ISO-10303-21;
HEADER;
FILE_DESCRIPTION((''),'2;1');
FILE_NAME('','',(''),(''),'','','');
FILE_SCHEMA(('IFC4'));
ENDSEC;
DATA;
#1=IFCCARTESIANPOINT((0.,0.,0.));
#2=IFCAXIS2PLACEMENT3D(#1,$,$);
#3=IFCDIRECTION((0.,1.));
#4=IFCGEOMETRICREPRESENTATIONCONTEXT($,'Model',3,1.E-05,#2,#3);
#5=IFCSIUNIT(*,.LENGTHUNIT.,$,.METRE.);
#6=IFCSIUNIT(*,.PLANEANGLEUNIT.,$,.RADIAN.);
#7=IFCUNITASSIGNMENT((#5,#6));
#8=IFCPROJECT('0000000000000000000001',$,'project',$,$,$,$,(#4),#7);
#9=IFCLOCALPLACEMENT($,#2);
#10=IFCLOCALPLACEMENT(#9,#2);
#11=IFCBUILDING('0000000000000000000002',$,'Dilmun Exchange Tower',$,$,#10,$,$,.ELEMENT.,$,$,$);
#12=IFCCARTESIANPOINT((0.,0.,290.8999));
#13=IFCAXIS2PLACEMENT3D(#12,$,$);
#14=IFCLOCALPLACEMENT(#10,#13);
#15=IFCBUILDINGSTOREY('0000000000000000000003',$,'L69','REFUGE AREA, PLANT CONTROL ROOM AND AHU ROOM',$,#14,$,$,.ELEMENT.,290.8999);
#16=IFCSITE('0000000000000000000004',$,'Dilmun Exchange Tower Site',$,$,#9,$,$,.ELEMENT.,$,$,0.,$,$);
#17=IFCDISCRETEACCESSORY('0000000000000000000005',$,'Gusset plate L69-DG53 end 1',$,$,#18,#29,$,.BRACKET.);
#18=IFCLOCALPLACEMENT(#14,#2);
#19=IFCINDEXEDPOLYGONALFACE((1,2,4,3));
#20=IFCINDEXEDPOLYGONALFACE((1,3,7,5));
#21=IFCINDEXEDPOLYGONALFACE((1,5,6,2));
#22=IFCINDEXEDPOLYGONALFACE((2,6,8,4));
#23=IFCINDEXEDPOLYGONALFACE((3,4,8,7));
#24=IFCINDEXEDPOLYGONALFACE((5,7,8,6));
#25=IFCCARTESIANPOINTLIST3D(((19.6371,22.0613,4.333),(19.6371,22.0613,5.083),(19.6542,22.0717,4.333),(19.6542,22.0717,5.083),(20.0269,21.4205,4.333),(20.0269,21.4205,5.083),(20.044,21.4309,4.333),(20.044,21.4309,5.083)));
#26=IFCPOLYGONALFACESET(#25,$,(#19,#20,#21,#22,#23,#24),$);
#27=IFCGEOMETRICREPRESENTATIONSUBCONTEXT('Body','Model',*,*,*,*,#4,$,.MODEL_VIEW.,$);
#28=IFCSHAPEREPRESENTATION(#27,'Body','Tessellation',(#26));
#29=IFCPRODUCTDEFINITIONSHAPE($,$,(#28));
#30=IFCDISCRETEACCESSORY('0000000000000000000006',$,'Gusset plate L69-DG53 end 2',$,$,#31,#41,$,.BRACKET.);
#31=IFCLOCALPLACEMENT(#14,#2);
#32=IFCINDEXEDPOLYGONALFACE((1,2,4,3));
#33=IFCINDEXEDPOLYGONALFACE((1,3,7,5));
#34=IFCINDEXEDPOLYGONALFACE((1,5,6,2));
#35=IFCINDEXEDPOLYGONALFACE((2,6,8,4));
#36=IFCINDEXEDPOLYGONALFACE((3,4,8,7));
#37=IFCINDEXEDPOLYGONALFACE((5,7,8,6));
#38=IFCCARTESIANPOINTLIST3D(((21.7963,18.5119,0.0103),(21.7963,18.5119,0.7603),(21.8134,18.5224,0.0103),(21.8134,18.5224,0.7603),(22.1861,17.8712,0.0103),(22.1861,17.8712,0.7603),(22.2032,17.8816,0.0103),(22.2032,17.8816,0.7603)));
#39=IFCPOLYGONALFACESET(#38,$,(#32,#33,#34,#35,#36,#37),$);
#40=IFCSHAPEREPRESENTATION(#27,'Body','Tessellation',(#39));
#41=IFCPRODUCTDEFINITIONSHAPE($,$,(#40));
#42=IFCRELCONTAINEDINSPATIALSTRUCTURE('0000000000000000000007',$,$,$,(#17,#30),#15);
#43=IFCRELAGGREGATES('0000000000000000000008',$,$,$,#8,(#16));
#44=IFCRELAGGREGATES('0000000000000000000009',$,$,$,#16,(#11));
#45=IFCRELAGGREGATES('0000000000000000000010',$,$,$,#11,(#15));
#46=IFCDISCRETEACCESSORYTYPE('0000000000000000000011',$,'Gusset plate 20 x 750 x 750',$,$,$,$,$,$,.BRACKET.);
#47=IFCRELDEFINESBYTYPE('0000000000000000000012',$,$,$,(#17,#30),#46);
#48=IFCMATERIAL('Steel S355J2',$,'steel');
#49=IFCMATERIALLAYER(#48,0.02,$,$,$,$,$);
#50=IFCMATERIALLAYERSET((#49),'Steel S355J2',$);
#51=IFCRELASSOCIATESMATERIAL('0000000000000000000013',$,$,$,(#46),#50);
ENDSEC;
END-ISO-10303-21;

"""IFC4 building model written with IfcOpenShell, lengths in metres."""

from ifc_helpers import new_model, si_unit, direction, frame, origin, origin_2d, place, context, subcontext, project, spatial, rectangle, extrude, material, layer, layer_set, type_object, element, save


model = new_model("IFC4")

# Units and contexts
model_context = context("Model", 3, precision=1e-05, world=origin(), true_north=direction((0.0, 1.0)))
body_context = subcontext(model_context, "Body", "Model", "MODEL_VIEW")
ifc_project = project(units=[si_unit("LENGTHUNIT", "METRE"), si_unit("PLANEANGLEUNIT", "RADIAN")], contexts=[model_context])

# Site, building, storey
site_placement = place(None, origin())
site = spatial("IfcSite", under=ifc_project, at=site_placement, Name="Dilmun Exchange Tower Site", CompositionType="ELEMENT", RefElevation=0.0)
building_placement = place(site_placement, origin())
building = spatial("IfcBuilding", under=site, at=building_placement, Name="Dilmun Exchange Tower", CompositionType="ELEMENT")
storey_placement = place(building_placement, frame((0.0, 0.0, 290.8999)))
storey = spatial("IfcBuildingStorey", under=building, at=storey_placement, Name="L69", Description="REFUGE AREA, PLANT CONTROL ROOM AND AHU ROOM", CompositionType="ELEMENT", Elevation=290.8999)

# Discrete accessories
ifc_material_1 = material(Name="Steel S355J2", Category="steel")
ifc_layer_1 = layer(ifc_material_1, 0.02)
ifc_layer_set_1 = layer_set([ifc_layer_1], Name="Steel S355J2")
discrete_accessory_type = type_object("IfcDiscreteAccessoryType", Name="Gusset plate 20 x 750 x 750", PredefinedType="BRACKET", material=ifc_layer_set_1)
for number, where, z_axis, x_axis, name in (
    (1, (19.8406, 21.7461, 4.333), (0.0, 0.0, 1.0), (0.519737, -0.854326, 0.0), "Gusset plate L69-DG53 end 1"),
    (2, (21.9998, 18.1968, 0.0103), (0.0, 0.0, 1.0), (0.519737, -0.854326, 0.0), "Gusset plate L69-DG53 end 2"),
):
    element("IfcDiscreteAccessory", number, at=place(storey_placement, frame(where, z_axis=z_axis, x_axis=x_axis)), inside=storey, type_object=discrete_accessory_type, Name=name, PredefinedType="BRACKET", context=body_context, shape_type="SweptSolid", body=[
        extrude(rectangle(XDim=0.75, YDim=0.02, at=origin_2d()), origin(), (0.0, 0.0, 1.0), 0.75),
    ])

save(model, "model.ifc")
